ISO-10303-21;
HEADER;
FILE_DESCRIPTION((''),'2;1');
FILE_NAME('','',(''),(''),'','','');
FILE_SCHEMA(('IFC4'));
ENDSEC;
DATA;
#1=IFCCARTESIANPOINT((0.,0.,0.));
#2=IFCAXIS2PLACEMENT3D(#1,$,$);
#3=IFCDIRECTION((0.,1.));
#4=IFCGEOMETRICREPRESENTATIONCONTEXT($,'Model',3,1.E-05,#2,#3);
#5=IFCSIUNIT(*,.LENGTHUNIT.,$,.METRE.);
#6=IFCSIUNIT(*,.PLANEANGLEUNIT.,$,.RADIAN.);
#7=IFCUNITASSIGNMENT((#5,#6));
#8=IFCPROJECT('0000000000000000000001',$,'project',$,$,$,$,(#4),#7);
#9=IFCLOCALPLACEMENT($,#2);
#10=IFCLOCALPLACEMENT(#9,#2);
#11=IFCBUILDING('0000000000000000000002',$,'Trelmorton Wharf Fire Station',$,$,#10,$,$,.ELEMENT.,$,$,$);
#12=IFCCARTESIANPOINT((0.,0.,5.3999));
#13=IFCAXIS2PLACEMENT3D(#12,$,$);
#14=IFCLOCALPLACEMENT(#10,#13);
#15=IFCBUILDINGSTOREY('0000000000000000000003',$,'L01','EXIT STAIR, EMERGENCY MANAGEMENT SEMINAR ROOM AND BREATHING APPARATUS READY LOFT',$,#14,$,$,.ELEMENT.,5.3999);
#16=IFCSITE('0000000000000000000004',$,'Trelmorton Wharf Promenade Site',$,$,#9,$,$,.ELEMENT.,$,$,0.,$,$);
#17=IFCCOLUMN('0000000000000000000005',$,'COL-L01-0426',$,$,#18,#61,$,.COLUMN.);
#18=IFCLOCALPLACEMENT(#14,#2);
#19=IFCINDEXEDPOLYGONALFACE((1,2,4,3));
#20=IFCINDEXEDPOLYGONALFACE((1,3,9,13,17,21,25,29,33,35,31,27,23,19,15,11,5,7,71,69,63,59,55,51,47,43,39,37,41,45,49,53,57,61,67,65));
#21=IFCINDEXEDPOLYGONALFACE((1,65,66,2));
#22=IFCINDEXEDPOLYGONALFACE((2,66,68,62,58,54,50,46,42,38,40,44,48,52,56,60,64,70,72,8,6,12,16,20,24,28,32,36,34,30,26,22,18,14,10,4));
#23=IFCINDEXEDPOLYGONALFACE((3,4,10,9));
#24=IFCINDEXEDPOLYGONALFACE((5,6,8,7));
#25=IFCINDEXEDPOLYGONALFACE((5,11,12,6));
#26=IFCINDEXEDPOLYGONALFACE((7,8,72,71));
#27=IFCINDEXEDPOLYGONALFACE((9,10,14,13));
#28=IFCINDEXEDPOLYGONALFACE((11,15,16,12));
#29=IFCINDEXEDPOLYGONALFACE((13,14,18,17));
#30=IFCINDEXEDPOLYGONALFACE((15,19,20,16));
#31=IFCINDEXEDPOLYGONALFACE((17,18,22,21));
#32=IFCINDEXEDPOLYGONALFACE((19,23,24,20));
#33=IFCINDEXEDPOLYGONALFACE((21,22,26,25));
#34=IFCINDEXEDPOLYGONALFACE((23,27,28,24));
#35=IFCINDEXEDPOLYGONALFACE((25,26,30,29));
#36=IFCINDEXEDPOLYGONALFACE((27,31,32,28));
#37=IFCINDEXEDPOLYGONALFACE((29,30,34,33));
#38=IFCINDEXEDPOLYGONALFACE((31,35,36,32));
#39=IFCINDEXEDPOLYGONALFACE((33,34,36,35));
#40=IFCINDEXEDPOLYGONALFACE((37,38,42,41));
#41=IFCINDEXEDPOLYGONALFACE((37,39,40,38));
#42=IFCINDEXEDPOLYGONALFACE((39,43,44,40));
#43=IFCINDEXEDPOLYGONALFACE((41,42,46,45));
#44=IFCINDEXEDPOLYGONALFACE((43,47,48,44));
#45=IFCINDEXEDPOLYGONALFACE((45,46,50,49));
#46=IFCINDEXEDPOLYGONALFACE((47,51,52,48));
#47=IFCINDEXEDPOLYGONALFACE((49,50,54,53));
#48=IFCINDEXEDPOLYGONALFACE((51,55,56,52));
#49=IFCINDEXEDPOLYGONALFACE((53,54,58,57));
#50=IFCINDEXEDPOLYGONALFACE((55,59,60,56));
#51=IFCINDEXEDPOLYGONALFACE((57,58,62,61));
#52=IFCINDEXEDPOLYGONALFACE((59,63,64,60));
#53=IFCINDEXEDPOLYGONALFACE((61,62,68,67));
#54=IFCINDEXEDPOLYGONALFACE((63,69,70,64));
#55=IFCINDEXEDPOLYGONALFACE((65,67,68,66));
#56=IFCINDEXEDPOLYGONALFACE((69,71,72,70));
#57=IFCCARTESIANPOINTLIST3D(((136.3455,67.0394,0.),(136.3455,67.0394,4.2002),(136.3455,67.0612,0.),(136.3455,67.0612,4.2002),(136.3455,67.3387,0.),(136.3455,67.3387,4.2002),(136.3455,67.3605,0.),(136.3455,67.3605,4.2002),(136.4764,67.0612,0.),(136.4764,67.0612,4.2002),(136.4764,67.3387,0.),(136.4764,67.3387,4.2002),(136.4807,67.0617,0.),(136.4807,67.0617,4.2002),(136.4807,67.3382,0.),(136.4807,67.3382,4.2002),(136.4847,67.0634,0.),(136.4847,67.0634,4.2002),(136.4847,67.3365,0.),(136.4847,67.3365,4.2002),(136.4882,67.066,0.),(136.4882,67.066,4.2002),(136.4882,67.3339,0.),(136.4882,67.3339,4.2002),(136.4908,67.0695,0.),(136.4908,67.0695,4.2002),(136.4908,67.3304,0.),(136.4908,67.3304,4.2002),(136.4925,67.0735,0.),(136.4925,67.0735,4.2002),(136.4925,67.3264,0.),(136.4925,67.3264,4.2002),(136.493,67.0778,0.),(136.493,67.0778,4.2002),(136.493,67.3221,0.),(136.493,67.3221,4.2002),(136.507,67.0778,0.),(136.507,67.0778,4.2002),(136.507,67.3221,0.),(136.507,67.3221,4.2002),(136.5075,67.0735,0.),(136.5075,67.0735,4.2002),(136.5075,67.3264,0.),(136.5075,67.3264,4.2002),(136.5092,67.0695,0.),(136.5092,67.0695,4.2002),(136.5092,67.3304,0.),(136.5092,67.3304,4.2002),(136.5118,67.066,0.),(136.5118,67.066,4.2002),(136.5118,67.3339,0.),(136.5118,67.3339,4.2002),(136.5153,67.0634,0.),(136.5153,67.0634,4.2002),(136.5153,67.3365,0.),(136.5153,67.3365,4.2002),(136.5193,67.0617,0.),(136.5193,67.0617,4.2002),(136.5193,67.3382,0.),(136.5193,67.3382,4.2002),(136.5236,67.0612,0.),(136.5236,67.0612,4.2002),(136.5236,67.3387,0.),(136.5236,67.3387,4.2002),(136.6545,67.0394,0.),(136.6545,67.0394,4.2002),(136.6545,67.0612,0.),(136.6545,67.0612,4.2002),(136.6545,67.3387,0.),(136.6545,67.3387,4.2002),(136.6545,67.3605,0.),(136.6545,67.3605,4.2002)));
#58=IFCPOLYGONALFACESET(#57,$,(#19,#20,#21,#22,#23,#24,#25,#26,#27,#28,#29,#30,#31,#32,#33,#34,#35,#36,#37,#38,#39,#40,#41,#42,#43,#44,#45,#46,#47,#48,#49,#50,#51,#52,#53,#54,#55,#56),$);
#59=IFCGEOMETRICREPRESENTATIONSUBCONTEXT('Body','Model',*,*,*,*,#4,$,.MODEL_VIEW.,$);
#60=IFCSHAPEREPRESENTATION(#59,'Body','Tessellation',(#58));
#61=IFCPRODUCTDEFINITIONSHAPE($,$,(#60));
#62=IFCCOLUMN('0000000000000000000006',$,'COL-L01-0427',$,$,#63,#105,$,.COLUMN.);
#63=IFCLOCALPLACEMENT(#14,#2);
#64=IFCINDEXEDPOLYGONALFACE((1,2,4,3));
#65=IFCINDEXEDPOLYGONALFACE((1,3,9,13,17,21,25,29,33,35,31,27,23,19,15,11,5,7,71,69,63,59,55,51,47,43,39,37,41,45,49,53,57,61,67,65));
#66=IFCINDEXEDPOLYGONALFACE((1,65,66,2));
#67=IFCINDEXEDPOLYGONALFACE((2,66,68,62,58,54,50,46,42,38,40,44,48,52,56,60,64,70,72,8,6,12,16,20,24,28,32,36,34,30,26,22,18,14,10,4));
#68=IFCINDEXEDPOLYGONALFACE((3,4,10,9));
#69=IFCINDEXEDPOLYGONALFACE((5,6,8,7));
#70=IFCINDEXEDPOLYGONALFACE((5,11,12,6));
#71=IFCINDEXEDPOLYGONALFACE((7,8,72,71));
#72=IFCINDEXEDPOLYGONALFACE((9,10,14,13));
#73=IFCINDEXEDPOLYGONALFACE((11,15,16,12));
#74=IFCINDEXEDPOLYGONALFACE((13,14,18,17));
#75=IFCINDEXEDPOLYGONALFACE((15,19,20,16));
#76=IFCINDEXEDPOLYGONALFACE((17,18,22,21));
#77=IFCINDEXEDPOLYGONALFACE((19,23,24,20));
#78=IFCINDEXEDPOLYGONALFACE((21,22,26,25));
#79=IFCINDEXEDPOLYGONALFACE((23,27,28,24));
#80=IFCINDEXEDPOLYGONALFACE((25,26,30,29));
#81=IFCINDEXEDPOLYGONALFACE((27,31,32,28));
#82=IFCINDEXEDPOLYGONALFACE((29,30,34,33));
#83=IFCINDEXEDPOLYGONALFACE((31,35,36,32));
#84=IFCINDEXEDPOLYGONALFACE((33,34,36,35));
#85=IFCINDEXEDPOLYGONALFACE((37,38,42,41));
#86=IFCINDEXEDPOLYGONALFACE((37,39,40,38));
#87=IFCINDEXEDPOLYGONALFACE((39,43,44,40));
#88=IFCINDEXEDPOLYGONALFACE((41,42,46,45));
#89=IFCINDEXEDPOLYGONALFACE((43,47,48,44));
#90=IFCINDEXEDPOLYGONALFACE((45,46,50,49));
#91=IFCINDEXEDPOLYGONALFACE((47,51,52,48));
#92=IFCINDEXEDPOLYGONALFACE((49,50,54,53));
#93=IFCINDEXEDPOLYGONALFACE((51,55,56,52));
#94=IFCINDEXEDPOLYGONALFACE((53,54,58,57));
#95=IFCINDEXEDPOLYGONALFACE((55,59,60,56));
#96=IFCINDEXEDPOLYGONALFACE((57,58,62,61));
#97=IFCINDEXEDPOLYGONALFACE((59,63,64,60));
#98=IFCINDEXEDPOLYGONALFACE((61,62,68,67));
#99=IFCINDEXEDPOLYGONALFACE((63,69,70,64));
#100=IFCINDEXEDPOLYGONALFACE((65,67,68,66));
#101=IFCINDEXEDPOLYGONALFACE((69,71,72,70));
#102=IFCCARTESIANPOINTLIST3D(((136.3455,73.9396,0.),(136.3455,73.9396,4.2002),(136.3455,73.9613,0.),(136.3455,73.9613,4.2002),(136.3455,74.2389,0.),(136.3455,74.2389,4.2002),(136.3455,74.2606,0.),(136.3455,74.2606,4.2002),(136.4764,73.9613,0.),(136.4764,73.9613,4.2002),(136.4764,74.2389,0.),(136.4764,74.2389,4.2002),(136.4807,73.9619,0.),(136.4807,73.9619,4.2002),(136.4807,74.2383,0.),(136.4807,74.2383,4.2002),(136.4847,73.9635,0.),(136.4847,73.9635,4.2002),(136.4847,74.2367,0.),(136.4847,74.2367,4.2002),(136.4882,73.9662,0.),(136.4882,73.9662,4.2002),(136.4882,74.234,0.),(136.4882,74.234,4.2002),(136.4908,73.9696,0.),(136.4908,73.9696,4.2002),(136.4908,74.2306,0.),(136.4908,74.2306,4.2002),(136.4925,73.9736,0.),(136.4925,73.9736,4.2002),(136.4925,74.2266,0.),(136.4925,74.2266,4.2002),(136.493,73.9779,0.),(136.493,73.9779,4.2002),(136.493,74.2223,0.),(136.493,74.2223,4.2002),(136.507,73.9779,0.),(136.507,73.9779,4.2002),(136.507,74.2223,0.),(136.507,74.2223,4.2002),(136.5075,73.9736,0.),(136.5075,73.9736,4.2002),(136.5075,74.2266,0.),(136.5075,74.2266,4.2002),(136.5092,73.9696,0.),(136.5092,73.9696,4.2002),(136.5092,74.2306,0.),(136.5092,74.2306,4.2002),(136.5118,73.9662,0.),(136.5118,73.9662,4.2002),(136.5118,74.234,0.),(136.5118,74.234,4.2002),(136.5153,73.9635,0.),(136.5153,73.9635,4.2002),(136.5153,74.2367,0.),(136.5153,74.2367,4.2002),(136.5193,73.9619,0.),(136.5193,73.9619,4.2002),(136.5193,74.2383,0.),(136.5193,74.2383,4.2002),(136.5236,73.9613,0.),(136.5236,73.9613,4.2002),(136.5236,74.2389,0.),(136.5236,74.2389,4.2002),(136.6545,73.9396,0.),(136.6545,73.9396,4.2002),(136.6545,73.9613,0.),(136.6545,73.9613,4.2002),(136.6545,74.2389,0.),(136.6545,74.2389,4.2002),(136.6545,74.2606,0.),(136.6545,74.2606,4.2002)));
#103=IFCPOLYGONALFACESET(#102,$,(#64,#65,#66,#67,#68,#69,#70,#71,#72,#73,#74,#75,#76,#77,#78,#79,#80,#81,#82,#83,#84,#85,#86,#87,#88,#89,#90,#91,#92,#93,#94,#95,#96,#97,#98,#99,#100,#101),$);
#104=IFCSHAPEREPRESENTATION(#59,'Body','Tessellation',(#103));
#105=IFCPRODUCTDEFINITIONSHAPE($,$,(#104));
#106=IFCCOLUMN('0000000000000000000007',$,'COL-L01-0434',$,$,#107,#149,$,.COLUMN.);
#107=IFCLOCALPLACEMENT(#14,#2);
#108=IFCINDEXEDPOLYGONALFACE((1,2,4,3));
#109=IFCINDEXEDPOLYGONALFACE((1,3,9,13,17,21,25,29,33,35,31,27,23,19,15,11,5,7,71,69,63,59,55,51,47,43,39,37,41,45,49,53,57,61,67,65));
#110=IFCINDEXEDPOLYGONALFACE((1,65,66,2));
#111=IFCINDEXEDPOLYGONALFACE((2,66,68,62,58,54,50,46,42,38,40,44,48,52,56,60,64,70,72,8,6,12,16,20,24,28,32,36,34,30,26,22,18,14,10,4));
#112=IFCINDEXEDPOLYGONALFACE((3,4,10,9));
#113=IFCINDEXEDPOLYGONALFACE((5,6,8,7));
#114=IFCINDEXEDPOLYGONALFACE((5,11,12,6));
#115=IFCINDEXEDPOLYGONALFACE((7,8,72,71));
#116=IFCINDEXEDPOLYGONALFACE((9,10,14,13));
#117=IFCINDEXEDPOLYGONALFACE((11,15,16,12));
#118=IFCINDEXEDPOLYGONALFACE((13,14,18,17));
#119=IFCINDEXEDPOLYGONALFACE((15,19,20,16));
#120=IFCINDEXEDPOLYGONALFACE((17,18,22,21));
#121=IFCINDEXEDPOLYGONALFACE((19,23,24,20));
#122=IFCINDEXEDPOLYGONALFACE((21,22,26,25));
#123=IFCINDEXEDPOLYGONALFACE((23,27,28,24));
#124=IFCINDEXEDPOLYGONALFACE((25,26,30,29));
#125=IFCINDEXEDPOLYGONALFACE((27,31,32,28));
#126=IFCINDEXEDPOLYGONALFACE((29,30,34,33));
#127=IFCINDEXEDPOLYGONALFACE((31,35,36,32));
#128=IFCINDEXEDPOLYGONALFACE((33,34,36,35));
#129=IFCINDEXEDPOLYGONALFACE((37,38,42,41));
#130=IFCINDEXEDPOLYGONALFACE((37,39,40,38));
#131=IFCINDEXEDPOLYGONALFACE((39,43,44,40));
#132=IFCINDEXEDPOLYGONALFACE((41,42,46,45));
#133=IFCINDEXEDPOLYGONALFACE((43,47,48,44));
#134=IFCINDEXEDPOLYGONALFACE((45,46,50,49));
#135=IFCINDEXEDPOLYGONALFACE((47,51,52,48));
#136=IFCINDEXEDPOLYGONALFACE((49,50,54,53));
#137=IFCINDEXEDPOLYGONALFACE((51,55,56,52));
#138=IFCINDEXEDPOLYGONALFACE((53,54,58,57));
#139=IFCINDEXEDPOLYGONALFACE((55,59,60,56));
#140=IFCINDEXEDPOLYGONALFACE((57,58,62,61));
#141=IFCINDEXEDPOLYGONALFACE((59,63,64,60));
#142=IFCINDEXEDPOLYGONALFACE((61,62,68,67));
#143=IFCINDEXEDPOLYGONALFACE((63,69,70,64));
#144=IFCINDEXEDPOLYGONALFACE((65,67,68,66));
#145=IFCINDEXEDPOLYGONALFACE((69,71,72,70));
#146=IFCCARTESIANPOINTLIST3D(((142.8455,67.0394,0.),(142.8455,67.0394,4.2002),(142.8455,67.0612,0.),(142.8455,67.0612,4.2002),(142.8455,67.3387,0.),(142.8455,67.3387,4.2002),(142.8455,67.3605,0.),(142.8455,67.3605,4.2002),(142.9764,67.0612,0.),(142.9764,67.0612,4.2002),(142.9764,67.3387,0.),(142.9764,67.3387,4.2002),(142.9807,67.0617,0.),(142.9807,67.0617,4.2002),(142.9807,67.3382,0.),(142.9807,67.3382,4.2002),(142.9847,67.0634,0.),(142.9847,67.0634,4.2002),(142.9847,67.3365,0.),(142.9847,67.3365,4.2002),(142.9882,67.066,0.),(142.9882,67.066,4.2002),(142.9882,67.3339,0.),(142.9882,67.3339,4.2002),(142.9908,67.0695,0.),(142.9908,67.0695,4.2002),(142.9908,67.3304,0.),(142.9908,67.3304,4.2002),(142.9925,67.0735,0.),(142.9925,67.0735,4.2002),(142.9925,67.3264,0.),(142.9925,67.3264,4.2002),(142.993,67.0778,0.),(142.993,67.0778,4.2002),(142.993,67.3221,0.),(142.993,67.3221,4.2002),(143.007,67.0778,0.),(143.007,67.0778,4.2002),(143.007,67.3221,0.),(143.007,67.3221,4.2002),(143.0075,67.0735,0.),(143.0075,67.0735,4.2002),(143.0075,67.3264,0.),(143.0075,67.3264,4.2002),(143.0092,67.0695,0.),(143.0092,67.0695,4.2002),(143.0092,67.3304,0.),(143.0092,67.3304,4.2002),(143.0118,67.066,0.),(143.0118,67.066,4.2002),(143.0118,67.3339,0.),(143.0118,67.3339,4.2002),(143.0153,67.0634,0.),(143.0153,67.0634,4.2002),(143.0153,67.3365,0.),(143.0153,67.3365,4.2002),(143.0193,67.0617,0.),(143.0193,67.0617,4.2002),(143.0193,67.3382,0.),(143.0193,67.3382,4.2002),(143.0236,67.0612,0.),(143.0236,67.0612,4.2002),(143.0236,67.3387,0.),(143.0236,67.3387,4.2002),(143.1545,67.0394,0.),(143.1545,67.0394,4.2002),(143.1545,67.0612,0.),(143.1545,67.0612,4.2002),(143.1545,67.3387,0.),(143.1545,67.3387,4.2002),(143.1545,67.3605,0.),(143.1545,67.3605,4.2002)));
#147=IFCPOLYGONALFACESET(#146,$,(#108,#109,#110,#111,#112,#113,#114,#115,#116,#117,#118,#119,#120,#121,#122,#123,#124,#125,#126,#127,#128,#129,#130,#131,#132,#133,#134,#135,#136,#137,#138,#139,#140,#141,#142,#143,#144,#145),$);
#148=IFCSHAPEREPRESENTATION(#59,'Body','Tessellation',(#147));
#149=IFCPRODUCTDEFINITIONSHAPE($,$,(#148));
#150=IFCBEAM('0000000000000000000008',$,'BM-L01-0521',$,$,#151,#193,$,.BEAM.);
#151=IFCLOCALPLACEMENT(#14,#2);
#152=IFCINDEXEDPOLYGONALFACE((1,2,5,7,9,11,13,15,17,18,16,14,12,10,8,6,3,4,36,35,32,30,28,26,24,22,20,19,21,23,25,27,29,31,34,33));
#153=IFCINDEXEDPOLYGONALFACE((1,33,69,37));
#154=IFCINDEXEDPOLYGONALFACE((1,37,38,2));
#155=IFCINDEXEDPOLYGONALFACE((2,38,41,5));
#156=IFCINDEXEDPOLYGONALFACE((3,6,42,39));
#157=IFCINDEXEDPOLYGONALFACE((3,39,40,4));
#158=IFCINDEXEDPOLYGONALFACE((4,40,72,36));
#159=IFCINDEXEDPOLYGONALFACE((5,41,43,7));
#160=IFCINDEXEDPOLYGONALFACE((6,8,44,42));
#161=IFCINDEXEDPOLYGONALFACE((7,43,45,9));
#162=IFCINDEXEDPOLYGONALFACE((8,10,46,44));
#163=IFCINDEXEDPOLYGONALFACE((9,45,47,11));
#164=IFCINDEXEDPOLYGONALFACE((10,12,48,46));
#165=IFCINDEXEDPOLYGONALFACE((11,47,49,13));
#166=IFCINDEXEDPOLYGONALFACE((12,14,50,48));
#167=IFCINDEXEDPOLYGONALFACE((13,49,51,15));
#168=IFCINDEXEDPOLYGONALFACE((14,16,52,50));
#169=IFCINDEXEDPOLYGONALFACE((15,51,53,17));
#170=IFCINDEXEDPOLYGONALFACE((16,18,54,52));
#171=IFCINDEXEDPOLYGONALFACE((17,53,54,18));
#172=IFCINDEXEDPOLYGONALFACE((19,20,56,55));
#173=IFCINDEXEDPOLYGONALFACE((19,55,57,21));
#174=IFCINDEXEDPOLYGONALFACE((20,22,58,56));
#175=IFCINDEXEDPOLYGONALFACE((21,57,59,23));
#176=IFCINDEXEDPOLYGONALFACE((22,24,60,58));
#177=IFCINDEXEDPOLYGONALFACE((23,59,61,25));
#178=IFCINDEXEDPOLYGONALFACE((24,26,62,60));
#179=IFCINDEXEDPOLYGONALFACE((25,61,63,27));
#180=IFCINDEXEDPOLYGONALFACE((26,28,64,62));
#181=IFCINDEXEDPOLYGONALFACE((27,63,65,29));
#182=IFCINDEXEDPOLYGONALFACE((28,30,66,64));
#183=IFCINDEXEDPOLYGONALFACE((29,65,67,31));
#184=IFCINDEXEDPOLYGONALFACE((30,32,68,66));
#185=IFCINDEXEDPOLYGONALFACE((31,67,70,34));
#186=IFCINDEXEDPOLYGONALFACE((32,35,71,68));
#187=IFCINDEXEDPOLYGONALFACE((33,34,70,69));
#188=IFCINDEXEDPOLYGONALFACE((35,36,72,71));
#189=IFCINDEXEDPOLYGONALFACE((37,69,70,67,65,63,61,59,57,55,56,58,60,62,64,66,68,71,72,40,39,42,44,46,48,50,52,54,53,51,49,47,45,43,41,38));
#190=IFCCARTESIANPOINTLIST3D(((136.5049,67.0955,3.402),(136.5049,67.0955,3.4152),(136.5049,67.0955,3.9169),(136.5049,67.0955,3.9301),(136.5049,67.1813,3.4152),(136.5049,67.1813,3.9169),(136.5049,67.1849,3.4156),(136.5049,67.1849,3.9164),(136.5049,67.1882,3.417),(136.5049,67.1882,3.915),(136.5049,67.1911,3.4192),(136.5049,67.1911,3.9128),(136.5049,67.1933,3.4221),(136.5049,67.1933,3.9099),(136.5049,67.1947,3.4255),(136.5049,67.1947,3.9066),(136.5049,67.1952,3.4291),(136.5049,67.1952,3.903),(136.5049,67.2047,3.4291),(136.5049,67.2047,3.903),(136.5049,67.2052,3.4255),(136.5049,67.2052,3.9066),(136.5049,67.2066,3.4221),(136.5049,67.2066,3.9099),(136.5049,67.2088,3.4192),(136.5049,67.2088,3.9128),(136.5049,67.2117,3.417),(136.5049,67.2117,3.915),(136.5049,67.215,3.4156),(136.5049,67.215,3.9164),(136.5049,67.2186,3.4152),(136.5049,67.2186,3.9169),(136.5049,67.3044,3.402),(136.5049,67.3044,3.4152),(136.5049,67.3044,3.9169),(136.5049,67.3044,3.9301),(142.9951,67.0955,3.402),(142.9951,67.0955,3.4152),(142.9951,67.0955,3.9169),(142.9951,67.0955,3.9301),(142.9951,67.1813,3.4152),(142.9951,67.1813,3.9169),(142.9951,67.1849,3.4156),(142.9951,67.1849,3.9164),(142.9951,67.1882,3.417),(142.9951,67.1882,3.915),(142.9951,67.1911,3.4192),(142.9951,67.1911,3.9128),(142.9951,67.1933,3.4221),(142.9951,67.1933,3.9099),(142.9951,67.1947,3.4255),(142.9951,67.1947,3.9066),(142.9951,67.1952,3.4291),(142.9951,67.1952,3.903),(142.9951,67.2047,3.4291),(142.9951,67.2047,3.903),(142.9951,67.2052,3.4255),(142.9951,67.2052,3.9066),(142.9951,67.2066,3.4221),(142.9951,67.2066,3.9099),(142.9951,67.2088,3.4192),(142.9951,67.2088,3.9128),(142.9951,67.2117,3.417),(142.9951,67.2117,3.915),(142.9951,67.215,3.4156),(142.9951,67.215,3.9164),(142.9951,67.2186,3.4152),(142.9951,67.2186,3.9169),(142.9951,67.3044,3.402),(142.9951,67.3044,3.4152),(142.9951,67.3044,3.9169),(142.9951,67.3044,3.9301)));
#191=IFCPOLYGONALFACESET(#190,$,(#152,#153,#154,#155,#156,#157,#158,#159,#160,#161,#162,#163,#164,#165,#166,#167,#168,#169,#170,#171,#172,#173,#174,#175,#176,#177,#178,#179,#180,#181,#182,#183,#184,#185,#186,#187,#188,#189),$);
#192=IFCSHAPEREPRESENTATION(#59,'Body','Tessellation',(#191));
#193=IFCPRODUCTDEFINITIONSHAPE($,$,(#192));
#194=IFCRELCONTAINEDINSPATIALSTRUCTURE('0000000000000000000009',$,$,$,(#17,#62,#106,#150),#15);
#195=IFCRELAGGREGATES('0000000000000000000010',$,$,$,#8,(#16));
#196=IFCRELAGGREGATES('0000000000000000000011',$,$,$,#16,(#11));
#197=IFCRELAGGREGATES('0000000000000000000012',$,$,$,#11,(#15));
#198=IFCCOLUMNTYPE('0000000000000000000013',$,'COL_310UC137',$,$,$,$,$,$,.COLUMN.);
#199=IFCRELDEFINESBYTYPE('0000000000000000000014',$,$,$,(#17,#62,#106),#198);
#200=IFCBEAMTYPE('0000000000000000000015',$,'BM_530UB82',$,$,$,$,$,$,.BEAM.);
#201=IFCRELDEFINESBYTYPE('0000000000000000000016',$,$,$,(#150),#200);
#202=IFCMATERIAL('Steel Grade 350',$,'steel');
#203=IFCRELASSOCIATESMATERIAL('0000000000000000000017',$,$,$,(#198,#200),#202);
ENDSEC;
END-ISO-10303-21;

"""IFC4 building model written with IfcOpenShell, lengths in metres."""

from ifc_helpers import new_model, si_unit, direction, frame, origin, origin_2d, place, context, subcontext, project, spatial, i_section, extrude, material, material_profile, profile_set, type_object, element, save


model = new_model("IFC4")

# Units and contexts
model_context = context("Model", 3, precision=1e-05, world=origin(), true_north=direction((0.0, 1.0)))
body_context = subcontext(model_context, "Body", "Model", "MODEL_VIEW")
ifc_project = project(units=[si_unit("LENGTHUNIT", "METRE"), si_unit("PLANEANGLEUNIT", "RADIAN")], contexts=[model_context])

# Site, building, storey
site_placement = place(None, origin())
site = spatial("IfcSite", under=ifc_project, at=site_placement, Name="Trelmorton Wharf Promenade Site", CompositionType="ELEMENT", RefElevation=0.0)
building_placement = place(site_placement, origin())
building = spatial("IfcBuilding", under=site, at=building_placement, Name="Trelmorton Wharf Fire Station", CompositionType="ELEMENT")
storey_placement = place(building_placement, frame((0.0, 0.0, 5.3999)))
storey = spatial("IfcBuildingStorey", under=building, at=storey_placement, Name="L01", Description="EXIT STAIR, EMERGENCY MANAGEMENT SEMINAR ROOM AND BREATHING APPARATUS READY LOFT", CompositionType="ELEMENT", Elevation=5.3999)

# Columns
ifc_material_1 = material(Name="Steel Grade 350", Category="steel")
ifc_material_profile_1 = material_profile(ifc_material_1, i_section(OverallWidth=0.3091, OverallDepth=0.321, WebThickness=0.0139, FlangeThickness=0.0217, FilletRadius=0.0166, at=origin_2d()), Name="310UC137")
ifc_profile_set_1 = profile_set([ifc_material_profile_1], Name="Steel Grade 350")
column_type = type_object("IfcColumnType", Name="COL_310UC137", PredefinedType="COLUMN", material=ifc_profile_set_1)
for number, where, z_axis, x_axis, name in (
    (1, (136.5, 67.2, 0.0), (0.0, 0.0, 1.0), (1.0, 0.0, 0.0), "COL-L01-0426"),
    (2, (136.5, 74.1001, 0.0), (0.0, 0.0, 1.0), (1.0, 0.0, 0.0), "COL-L01-0427"),
    (3, (143.0, 67.2, 0.0), (0.0, 0.0, 1.0), (1.0, 0.0, 0.0), "COL-L01-0434"),
):
    element("IfcColumn", number, at=place(storey_placement, frame(where, z_axis=z_axis, x_axis=x_axis)), inside=storey, type_object=column_type, Name=name, PredefinedType="COLUMN", context=body_context, shape_type="SweptSolid", body=[
        extrude(i_section(OverallWidth=0.3091, OverallDepth=0.321, WebThickness=0.0139, FlangeThickness=0.0217, FilletRadius=0.0166, at=origin_2d()), origin(), (0.0, 0.0, 1.0), 4.2002),
    ])

# Beam
ifc_material_profile_2 = material_profile(ifc_material_1, i_section(OverallWidth=0.209, OverallDepth=0.5281, WebThickness=0.0095, FlangeThickness=0.0132, FilletRadius=0.0139, at=origin_2d()), Name="530UB82.0")
ifc_profile_set_2 = profile_set([ifc_material_profile_2], Name="Steel Grade 350")
beam_type_1 = type_object("IfcBeamType", Name="BM_530UB82", PredefinedType="BEAM", material=ifc_profile_set_2)
for number, where, z_axis, x_axis, name in (
    (4, (136.5049, 67.2, 3.666), (1.0, 0.0, 0.0), (0.0, 1.0, 0.0), "BM-L01-0521"),
):
    element("IfcBeam", number, at=place(storey_placement, frame(where, z_axis=z_axis, x_axis=x_axis)), inside=storey, type_object=beam_type_1, Name=name, PredefinedType="BEAM", context=body_context, shape_type="SweptSolid", body=[
        extrude(i_section(OverallWidth=0.209, OverallDepth=0.5281, WebThickness=0.0095, FlangeThickness=0.0132, FilletRadius=0.0139, at=origin_2d()), origin(), (0.0, 0.0, 1.0), 6.4902),
    ])

save(model, "model.ifc")
